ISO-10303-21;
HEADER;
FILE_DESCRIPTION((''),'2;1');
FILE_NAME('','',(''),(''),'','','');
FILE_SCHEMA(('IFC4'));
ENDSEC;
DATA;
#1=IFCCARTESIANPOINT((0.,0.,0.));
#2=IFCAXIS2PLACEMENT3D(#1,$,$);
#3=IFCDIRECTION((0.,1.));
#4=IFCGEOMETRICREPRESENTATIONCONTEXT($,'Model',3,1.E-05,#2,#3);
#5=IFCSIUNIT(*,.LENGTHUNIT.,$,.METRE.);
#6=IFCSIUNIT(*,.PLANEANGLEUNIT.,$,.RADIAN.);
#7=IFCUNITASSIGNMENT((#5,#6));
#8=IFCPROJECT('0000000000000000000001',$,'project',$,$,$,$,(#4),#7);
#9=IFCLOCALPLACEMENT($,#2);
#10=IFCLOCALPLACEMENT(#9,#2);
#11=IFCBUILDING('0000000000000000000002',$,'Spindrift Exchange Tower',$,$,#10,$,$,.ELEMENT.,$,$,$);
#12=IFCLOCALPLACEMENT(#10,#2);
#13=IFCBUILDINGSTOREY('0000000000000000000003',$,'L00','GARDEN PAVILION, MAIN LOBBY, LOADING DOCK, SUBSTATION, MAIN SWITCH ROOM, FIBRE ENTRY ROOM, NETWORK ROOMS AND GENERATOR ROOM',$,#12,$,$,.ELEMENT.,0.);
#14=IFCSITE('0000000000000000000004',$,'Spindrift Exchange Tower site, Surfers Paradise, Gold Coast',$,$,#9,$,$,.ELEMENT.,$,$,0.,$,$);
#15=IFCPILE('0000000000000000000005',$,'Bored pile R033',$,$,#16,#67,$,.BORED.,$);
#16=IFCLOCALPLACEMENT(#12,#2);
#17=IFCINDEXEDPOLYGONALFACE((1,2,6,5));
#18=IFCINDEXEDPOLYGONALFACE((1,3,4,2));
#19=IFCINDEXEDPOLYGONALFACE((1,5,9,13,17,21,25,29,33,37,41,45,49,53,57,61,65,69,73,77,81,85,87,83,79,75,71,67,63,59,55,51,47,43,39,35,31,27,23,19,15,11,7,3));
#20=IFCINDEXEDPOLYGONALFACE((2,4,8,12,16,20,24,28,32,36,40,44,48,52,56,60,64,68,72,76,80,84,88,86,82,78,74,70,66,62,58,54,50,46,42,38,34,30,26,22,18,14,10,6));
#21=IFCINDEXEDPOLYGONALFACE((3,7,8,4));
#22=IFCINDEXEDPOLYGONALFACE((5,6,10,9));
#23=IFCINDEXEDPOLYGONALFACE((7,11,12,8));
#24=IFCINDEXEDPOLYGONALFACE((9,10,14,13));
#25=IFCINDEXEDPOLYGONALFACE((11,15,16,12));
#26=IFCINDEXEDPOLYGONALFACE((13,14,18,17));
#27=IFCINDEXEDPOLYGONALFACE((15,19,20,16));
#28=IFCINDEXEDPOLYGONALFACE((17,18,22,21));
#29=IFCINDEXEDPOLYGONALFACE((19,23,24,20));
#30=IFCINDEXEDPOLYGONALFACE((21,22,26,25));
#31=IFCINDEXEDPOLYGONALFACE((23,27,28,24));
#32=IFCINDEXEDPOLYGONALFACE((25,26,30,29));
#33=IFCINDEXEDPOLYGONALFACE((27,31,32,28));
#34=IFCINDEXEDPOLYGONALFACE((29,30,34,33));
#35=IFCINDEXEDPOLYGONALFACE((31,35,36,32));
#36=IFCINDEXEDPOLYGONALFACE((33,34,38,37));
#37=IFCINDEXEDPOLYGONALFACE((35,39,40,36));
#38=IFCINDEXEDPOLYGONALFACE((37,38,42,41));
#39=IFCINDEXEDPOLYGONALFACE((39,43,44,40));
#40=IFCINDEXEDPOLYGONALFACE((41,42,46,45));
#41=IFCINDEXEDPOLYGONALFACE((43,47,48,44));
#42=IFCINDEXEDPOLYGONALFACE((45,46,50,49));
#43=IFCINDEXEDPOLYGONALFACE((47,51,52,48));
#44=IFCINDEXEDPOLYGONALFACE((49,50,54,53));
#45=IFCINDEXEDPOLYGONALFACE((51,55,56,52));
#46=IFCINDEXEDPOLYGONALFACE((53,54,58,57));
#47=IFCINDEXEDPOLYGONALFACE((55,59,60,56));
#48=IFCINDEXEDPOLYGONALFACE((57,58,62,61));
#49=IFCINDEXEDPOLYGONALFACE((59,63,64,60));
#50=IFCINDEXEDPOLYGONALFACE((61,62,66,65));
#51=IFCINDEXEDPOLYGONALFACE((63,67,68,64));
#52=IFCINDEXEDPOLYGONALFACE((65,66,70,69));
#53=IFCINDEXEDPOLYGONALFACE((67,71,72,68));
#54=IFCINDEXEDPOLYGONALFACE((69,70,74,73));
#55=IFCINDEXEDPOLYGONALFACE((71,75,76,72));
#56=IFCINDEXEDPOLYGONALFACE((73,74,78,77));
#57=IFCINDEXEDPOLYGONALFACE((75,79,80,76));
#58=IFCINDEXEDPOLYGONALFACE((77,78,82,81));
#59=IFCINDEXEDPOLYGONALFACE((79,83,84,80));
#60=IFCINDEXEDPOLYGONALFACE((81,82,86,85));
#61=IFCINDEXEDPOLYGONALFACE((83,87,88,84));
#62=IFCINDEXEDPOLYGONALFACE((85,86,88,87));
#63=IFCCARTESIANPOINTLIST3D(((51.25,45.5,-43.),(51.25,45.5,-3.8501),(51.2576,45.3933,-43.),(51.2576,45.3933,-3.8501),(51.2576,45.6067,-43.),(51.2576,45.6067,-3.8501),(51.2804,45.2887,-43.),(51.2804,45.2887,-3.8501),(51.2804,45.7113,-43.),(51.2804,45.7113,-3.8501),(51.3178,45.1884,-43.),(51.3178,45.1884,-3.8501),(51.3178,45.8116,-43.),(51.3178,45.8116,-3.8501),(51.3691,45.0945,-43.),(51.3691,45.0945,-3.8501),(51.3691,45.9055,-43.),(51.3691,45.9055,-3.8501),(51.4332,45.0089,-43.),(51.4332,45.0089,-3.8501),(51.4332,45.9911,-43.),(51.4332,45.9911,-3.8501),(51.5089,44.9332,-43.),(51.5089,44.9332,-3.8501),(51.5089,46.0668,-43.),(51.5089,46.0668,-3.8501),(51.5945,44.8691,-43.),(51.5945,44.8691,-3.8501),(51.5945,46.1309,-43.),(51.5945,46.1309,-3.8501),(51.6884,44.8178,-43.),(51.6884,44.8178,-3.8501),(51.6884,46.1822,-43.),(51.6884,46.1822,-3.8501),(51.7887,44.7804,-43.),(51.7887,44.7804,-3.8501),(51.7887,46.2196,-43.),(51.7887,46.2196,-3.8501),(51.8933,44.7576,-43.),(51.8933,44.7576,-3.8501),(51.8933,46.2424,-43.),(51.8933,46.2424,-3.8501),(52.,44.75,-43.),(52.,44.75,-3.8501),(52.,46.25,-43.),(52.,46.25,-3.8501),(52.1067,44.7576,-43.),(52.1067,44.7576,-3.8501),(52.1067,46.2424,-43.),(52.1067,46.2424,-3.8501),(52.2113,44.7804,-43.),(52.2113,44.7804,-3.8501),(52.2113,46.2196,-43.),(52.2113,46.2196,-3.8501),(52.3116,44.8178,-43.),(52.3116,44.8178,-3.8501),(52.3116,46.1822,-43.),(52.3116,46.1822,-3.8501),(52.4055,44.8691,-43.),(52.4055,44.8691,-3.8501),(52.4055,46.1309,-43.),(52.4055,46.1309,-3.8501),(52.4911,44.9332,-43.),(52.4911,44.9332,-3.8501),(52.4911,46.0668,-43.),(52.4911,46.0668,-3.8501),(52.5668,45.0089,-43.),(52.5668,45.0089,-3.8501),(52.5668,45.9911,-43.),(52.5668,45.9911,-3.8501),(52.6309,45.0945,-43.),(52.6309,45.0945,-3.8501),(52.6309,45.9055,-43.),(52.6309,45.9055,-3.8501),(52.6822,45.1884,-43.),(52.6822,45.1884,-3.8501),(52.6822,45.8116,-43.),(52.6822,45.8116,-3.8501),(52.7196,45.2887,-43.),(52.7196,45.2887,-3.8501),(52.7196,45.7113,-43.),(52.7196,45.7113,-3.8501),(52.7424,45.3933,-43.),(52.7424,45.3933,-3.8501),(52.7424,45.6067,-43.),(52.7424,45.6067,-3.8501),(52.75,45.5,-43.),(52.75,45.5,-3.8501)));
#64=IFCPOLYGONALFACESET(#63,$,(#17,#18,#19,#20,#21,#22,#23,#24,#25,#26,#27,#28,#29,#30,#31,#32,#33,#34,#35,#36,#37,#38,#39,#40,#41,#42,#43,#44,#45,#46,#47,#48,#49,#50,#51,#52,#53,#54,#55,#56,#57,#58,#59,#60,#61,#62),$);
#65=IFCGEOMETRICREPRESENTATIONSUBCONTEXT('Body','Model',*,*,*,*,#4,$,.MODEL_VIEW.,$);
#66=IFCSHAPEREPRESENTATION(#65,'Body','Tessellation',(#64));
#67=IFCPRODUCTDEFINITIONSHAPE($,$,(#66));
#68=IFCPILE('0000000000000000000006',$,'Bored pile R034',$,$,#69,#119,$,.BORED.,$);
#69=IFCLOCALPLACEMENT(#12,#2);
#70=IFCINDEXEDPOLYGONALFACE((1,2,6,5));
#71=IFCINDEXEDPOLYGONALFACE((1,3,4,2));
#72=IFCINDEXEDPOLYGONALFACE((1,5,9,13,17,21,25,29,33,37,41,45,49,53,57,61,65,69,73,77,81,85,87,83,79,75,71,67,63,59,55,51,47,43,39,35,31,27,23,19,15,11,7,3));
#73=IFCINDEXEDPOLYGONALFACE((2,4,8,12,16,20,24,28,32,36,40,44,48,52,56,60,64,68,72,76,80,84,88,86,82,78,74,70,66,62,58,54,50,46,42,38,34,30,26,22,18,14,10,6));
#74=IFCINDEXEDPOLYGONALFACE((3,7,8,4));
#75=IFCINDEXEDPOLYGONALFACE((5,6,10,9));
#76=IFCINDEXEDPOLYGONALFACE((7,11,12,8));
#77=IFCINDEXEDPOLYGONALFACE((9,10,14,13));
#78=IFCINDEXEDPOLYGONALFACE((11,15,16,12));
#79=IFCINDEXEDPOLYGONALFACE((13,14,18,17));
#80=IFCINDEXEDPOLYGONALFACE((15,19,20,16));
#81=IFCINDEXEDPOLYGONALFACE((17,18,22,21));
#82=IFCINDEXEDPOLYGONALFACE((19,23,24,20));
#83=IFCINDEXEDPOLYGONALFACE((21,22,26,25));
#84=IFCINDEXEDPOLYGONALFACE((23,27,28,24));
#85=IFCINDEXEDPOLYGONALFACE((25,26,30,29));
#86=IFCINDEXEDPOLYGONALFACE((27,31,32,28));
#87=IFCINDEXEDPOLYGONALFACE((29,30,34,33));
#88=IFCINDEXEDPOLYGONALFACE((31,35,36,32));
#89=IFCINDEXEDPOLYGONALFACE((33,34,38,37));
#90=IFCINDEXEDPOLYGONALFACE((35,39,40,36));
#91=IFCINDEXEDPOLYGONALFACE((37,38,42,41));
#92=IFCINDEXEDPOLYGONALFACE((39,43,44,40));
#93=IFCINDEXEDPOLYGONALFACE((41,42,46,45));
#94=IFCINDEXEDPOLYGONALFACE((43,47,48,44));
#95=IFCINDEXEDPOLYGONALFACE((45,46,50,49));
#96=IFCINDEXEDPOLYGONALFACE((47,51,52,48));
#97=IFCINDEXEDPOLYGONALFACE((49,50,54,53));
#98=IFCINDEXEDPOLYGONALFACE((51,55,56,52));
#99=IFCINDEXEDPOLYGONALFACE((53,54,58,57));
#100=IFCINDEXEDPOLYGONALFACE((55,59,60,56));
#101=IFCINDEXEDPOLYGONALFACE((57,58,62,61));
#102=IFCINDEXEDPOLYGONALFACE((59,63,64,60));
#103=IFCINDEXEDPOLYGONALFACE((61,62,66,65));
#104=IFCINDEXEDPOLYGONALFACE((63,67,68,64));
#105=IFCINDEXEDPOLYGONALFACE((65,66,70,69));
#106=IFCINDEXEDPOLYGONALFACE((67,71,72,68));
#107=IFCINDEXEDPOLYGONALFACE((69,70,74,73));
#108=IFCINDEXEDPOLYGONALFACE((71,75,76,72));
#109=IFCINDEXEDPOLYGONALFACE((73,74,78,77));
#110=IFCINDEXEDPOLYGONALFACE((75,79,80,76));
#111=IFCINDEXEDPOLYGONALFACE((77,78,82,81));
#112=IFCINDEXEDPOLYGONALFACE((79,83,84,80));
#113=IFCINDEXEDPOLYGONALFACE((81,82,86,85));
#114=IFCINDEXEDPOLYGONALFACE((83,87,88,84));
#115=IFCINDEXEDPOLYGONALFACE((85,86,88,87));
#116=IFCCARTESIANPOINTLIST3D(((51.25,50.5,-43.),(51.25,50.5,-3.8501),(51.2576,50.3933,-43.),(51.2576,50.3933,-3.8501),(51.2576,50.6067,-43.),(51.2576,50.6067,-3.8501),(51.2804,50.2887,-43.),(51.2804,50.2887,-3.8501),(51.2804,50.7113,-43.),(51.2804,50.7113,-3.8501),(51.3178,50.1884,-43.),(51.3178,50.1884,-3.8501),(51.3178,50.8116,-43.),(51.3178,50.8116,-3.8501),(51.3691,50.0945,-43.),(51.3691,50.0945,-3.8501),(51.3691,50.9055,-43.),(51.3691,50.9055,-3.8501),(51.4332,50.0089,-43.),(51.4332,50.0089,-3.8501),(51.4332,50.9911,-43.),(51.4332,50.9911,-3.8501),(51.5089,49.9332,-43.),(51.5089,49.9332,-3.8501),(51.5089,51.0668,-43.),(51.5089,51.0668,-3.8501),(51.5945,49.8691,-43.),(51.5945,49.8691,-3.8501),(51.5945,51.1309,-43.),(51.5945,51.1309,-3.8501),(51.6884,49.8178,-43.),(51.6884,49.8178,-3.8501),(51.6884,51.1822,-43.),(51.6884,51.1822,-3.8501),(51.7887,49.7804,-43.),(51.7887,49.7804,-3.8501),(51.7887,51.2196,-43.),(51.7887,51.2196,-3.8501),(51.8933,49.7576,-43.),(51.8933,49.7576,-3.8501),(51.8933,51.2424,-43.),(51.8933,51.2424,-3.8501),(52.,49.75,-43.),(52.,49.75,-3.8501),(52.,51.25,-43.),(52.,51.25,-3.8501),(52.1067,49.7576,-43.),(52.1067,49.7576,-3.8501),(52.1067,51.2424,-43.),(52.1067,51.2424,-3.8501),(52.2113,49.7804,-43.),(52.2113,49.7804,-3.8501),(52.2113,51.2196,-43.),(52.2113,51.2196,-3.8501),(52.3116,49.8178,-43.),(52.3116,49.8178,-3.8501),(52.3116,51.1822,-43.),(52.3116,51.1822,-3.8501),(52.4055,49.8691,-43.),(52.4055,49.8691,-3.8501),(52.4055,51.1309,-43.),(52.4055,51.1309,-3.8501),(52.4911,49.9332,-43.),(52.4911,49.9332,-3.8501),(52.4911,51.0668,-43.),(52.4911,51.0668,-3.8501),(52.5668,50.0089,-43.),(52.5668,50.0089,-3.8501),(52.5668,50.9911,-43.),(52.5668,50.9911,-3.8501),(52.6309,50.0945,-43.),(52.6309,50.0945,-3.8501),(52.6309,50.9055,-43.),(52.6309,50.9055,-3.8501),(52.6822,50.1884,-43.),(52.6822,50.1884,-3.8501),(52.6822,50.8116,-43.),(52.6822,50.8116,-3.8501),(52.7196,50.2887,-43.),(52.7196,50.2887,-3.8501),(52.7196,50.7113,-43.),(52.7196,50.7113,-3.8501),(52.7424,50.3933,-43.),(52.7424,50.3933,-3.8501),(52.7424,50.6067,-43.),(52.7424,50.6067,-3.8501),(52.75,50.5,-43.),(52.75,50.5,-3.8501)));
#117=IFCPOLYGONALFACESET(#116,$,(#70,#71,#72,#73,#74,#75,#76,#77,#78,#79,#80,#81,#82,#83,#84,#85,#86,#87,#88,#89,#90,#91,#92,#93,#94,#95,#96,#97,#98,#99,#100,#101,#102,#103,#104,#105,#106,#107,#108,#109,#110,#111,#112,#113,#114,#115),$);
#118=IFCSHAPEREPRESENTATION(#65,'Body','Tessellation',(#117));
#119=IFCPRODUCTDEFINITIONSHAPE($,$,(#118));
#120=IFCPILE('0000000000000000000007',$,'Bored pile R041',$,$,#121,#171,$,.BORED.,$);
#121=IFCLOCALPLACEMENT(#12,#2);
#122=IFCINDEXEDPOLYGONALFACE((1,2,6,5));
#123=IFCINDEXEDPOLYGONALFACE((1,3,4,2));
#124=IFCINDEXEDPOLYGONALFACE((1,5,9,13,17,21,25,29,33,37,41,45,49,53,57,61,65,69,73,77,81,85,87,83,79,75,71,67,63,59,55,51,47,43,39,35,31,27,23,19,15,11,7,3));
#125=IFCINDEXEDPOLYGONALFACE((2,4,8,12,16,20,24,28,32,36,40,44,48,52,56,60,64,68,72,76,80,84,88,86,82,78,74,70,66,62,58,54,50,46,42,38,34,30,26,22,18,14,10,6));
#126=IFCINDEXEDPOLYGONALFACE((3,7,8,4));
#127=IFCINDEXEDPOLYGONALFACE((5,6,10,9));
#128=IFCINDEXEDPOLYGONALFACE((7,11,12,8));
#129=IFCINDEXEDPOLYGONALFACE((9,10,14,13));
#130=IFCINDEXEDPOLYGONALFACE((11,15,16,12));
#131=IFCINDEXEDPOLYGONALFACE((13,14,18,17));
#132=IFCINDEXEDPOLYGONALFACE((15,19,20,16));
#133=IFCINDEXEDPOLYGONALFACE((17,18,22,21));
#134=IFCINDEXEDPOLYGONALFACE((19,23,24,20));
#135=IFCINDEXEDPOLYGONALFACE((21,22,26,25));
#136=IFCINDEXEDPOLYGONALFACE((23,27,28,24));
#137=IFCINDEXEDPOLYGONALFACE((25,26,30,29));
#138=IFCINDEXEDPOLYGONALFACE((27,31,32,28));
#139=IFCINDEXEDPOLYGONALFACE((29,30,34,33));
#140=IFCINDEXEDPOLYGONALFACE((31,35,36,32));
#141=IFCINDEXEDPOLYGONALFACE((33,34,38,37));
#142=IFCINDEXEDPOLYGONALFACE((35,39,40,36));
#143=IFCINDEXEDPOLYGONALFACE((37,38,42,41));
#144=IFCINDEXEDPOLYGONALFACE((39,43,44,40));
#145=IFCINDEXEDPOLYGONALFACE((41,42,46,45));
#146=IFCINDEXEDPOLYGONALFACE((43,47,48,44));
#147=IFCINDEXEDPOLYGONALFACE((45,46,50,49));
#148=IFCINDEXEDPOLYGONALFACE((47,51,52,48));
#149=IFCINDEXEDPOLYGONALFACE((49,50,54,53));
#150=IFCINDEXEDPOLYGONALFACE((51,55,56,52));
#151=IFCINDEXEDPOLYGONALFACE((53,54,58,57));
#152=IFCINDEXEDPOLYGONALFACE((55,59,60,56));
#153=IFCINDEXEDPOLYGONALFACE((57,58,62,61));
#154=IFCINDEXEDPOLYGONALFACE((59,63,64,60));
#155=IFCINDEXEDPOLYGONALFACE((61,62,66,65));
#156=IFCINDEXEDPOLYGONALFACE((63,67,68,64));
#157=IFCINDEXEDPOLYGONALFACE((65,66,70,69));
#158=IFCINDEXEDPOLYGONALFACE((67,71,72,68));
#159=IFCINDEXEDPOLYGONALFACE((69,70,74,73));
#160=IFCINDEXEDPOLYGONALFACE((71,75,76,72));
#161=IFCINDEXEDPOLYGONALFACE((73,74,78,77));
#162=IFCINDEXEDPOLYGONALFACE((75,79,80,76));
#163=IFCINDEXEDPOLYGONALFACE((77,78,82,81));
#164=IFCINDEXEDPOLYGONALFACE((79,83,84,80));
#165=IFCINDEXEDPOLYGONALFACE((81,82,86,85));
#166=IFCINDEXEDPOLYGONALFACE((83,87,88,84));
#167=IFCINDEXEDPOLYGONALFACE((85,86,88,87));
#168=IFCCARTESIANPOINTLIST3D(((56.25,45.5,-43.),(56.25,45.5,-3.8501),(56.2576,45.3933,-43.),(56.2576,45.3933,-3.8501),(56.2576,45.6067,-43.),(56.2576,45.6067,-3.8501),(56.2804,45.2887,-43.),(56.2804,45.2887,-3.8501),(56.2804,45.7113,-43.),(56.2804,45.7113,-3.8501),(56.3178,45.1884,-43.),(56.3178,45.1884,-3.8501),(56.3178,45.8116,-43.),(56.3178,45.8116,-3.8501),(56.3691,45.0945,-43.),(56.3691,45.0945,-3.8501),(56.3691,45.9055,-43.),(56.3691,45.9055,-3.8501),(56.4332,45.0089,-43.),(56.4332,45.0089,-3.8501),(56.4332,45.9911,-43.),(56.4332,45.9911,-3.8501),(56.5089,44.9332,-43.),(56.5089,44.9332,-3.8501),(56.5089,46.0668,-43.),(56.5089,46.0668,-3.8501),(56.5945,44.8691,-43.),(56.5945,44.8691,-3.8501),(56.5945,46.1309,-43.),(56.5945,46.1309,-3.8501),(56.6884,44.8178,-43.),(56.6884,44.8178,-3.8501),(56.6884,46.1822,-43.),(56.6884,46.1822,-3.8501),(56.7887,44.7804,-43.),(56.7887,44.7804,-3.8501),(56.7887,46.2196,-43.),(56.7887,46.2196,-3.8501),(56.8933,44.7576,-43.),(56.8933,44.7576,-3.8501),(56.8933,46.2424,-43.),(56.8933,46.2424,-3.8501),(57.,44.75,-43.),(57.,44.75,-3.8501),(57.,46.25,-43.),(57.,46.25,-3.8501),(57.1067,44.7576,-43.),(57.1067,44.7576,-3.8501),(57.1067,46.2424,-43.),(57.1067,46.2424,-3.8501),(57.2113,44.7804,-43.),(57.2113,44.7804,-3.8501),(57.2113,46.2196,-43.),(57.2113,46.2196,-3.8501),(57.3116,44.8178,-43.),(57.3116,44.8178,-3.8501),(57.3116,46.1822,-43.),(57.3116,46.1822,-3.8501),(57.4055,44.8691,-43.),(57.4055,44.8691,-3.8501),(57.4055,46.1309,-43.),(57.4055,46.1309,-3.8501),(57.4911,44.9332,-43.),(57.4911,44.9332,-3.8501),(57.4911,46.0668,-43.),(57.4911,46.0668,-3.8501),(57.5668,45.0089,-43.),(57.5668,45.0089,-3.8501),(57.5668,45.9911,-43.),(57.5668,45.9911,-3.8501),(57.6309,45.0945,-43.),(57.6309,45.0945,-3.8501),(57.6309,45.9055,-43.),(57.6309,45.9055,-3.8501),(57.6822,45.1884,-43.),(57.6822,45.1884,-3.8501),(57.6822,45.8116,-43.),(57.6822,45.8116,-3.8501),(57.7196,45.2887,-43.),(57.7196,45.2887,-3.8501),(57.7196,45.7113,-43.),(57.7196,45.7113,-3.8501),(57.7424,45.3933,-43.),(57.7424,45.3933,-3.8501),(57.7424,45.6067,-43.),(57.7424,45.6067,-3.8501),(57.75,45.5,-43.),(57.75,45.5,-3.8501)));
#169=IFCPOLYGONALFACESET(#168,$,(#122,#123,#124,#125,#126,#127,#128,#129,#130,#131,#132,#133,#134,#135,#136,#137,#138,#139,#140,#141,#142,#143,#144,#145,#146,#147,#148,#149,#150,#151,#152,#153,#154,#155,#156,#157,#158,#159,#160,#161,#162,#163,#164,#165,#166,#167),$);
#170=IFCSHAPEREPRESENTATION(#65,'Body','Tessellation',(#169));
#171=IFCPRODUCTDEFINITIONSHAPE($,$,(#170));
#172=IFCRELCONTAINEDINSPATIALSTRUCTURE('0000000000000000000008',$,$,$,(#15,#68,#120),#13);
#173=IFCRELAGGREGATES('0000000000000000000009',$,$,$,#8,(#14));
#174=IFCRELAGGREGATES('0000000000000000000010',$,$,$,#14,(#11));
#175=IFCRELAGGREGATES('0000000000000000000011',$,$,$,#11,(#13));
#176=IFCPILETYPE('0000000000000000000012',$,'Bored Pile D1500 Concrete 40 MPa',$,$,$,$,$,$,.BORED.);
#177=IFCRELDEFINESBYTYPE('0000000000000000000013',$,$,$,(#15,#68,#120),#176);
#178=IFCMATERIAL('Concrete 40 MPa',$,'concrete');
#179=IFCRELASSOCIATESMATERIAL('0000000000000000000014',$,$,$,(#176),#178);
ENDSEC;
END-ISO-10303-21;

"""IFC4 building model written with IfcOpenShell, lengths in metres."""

from ifc_helpers import new_model, si_unit, direction, frame, origin, origin_2d, place, context, subcontext, project, spatial, circle, extrude, source, transform, mapped, material, material_profile, profile_set, type_object, element, save


model = new_model("IFC4")

# Units and contexts
model_context = context("Model", 3, precision=1e-05, world=origin(), true_north=direction((0.0, 1.0)))
body_context = subcontext(model_context, "Body", "Model", "MODEL_VIEW")
ifc_project = project(units=[si_unit("LENGTHUNIT", "METRE"), si_unit("PLANEANGLEUNIT", "RADIAN")], contexts=[model_context])

# Site, building, storey
site_placement = place(None, origin())
site = spatial("IfcSite", under=ifc_project, at=site_placement, Name="Spindrift Exchange Tower site, Surfers Paradise, Gold Coast", CompositionType="ELEMENT", RefElevation=0.0)
building_placement = place(site_placement, origin())
building = spatial("IfcBuilding", under=site, at=building_placement, Name="Spindrift Exchange Tower", CompositionType="ELEMENT")
storey_placement = place(building_placement, origin())
storey = spatial("IfcBuildingStorey", under=building, at=storey_placement, Name="L00", Description="GARDEN PAVILION, MAIN LOBBY, LOADING DOCK, SUBSTATION, MAIN SWITCH ROOM, FIBRE ENTRY ROOM, NETWORK ROOMS AND GENERATOR ROOM", CompositionType="ELEMENT", Elevation=0.0)

# Piles
ifc_material_1 = material(Name="Concrete 40 MPa", Category="concrete")
ifc_material_profile = material_profile(ifc_material_1, circle(Radius=0.75, at=origin_2d()), Name="BP D1500")
ifc_profile_set = profile_set([ifc_material_profile], Name="Concrete 40 MPa")
pile_type = type_object("IfcPileType", Name="Bored Pile D1500 Concrete 40 MPa", PredefinedType="BORED", material=ifc_profile_set)
shared_shape_1 = source(origin(), body_context, "Body", "SweptSolid", [
    extrude(circle(Radius=0.75, at=origin_2d()), origin(), (0.0, 0.0, 1.0), 39.1499),
])
for number, where, z_axis, x_axis, name in (
    (1, (52.0, 45.5, -3.8501), (0.0, 0.0, -1.0), (1.0, 0.0, 0.0), "Bored pile R033"),
    (2, (52.0, 50.5, -3.8501), (0.0, 0.0, -1.0), (1.0, 0.0, 0.0), "Bored pile R034"),
    (3, (57.0, 45.5, -3.8501), (0.0, 0.0, -1.0), (1.0, 0.0, 0.0), "Bored pile R041"),
):
    element("IfcPile", number, at=place(storey_placement, frame(where, z_axis=z_axis, x_axis=x_axis)), inside=storey, type_object=pile_type, Name=name, PredefinedType="BORED", context=body_context, shape_type="MappedRepresentation", body=[
        mapped(shared_shape_1, transform((0.0, 0.0, 0.0), scale=1.0)),
    ])

save(model, "model.ifc")
